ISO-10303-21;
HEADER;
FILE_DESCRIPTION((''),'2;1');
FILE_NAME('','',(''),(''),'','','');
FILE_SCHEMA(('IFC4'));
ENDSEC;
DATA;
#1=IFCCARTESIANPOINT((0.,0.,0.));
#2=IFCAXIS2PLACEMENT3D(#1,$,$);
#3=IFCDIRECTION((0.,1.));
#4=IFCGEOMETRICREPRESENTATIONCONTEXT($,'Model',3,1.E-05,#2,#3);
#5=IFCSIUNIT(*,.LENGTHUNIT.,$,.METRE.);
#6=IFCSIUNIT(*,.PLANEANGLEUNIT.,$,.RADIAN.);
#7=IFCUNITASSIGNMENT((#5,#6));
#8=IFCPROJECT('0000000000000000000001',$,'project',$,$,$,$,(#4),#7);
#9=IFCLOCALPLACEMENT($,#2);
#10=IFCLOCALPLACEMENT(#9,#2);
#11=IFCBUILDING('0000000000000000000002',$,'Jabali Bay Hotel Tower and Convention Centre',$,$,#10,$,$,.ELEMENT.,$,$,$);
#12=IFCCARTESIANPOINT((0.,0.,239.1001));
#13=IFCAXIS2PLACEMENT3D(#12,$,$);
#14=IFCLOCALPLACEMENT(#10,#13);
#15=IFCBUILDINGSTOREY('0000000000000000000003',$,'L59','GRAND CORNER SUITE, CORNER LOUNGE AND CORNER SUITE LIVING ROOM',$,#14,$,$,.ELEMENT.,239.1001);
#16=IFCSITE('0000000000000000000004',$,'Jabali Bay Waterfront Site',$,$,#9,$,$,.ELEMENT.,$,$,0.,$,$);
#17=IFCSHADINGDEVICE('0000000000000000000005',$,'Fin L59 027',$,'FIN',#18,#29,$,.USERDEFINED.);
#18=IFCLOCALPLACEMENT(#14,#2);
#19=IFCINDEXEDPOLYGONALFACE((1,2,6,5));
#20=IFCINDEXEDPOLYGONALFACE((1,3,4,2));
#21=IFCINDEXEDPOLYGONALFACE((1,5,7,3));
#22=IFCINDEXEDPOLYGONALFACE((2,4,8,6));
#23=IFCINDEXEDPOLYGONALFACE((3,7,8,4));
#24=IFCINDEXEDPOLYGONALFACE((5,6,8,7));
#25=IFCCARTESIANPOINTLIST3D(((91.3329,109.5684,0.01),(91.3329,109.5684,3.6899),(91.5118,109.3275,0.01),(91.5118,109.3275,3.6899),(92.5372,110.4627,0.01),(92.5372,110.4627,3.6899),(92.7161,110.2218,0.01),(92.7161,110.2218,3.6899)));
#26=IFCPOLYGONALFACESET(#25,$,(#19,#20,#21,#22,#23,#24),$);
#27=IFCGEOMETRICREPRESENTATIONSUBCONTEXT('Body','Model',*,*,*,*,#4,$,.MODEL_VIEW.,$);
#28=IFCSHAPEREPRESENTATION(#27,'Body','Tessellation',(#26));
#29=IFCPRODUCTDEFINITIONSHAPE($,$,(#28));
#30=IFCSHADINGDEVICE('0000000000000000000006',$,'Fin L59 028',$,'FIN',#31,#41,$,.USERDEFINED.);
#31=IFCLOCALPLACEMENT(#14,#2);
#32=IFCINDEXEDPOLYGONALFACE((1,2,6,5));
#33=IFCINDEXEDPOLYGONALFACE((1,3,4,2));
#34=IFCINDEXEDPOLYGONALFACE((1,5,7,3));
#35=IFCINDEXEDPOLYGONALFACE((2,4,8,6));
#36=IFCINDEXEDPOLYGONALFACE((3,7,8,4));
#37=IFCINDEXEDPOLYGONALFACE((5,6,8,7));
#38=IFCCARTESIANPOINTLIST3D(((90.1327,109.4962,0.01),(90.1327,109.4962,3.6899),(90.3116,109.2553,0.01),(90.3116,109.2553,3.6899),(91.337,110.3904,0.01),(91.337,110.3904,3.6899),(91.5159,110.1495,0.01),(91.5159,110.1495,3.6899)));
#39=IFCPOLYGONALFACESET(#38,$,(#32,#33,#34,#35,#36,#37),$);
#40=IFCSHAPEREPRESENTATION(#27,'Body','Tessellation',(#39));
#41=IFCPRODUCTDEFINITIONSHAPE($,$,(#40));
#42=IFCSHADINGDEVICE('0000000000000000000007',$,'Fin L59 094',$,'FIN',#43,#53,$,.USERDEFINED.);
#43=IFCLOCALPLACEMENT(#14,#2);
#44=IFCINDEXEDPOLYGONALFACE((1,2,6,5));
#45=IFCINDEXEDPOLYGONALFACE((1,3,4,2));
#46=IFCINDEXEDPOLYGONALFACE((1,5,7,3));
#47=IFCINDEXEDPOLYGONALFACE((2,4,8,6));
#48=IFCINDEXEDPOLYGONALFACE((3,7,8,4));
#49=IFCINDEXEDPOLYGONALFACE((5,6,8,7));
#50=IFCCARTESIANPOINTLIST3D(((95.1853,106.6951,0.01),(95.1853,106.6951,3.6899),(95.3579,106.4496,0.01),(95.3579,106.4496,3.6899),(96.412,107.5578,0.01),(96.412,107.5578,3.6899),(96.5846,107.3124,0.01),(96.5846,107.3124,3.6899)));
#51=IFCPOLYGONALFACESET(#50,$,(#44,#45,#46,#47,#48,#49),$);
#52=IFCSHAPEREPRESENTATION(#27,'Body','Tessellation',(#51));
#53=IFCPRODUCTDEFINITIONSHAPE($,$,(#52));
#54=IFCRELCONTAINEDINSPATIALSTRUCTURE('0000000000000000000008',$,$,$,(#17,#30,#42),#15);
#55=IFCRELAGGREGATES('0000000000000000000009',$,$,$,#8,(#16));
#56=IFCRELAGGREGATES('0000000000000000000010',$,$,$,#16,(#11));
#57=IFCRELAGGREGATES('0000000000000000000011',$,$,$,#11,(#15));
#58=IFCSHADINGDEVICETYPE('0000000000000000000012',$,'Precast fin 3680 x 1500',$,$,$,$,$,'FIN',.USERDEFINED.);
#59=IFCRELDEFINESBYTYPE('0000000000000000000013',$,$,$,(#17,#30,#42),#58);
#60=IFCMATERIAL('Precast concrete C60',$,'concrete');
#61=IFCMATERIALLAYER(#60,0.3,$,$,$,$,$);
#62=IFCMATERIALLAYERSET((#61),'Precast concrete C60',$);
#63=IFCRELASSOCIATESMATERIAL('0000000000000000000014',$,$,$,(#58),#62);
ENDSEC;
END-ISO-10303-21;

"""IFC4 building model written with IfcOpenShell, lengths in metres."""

from ifc_helpers import new_model, si_unit, direction, frame, frame_2d, origin, place, context, subcontext, project, spatial, rectangle, extrude, material, layer, layer_set, type_object, element, save


model = new_model("IFC4")

# Units and contexts
model_context = context("Model", 3, precision=1e-05, world=origin(), true_north=direction((0.0, 1.0)))
body_context = subcontext(model_context, "Body", "Model", "MODEL_VIEW")
ifc_project = project(units=[si_unit("LENGTHUNIT", "METRE"), si_unit("PLANEANGLEUNIT", "RADIAN")], contexts=[model_context])

# Site, building, storey
site_placement = place(None, origin())
site = spatial("IfcSite", under=ifc_project, at=site_placement, Name="Jabali Bay Waterfront Site", CompositionType="ELEMENT", RefElevation=0.0)
building_placement = place(site_placement, origin())
building = spatial("IfcBuilding", under=site, at=building_placement, Name="Jabali Bay Hotel Tower and Convention Centre", CompositionType="ELEMENT")
storey_placement = place(building_placement, frame((0.0, 0.0, 239.1001)))
storey = spatial("IfcBuildingStorey", under=building, at=storey_placement, Name="L59", Description="GRAND CORNER SUITE, CORNER LOUNGE AND CORNER SUITE LIVING ROOM", CompositionType="ELEMENT", Elevation=239.1001)

# Shading devices
ifc_material_1 = material(Name="Precast concrete C60", Category="concrete")
ifc_layer_1 = layer(ifc_material_1, 0.3)
ifc_layer_set_1 = layer_set([ifc_layer_1], Name="Precast concrete C60")
shading_device_type = type_object("IfcShadingDeviceType", Name="Precast fin 3680 x 1500", ElementType="FIN", PredefinedType="USERDEFINED", material=ifc_layer_set_1)
for number, where, z_axis, x_axis, name in (
    (1, (91.4224, 109.448, 0.01), (0.0, 0.0, 1.0), (0.802862, 0.596165, 0.0), "Fin L59 027"),
    (2, (90.2222, 109.3757, 0.01), (0.0, 0.0, 1.0), (0.802862, 0.596165, 0.0), "Fin L59 028"),
):
    element("IfcShadingDevice", number, at=place(storey_placement, frame(where, z_axis=z_axis, x_axis=x_axis)), inside=storey, type_object=shading_device_type, Name=name, ObjectType="FIN", PredefinedType="USERDEFINED", context=body_context, shape_type="SweptSolid", body=[
        extrude(rectangle(XDim=1.5, YDim=0.3, at=frame_2d((0.75, 0.0))), origin(), (0.0, 0.0, 1.0), 3.6799),
    ])
shading_device_1_placement = place(storey_placement, frame((95.2715, 106.5723, 0.01), z_axis=(0.0, 0.0, 1.0), x_axis=(0.817968, 0.575264, 0.0)))
element("IfcShadingDevice", 3, at=shading_device_1_placement, inside=storey, type_object=shading_device_type, Name="Fin L59 094", ObjectType="FIN", PredefinedType="USERDEFINED", context=body_context, shape_type="SweptSolid", body=[
    extrude(rectangle(XDim=1.4998, YDim=0.3, at=frame_2d((0.75, 0.0))), origin(), (0.0, 0.0, 1.0), 3.6799),
])

save(model, "model.ifc")
